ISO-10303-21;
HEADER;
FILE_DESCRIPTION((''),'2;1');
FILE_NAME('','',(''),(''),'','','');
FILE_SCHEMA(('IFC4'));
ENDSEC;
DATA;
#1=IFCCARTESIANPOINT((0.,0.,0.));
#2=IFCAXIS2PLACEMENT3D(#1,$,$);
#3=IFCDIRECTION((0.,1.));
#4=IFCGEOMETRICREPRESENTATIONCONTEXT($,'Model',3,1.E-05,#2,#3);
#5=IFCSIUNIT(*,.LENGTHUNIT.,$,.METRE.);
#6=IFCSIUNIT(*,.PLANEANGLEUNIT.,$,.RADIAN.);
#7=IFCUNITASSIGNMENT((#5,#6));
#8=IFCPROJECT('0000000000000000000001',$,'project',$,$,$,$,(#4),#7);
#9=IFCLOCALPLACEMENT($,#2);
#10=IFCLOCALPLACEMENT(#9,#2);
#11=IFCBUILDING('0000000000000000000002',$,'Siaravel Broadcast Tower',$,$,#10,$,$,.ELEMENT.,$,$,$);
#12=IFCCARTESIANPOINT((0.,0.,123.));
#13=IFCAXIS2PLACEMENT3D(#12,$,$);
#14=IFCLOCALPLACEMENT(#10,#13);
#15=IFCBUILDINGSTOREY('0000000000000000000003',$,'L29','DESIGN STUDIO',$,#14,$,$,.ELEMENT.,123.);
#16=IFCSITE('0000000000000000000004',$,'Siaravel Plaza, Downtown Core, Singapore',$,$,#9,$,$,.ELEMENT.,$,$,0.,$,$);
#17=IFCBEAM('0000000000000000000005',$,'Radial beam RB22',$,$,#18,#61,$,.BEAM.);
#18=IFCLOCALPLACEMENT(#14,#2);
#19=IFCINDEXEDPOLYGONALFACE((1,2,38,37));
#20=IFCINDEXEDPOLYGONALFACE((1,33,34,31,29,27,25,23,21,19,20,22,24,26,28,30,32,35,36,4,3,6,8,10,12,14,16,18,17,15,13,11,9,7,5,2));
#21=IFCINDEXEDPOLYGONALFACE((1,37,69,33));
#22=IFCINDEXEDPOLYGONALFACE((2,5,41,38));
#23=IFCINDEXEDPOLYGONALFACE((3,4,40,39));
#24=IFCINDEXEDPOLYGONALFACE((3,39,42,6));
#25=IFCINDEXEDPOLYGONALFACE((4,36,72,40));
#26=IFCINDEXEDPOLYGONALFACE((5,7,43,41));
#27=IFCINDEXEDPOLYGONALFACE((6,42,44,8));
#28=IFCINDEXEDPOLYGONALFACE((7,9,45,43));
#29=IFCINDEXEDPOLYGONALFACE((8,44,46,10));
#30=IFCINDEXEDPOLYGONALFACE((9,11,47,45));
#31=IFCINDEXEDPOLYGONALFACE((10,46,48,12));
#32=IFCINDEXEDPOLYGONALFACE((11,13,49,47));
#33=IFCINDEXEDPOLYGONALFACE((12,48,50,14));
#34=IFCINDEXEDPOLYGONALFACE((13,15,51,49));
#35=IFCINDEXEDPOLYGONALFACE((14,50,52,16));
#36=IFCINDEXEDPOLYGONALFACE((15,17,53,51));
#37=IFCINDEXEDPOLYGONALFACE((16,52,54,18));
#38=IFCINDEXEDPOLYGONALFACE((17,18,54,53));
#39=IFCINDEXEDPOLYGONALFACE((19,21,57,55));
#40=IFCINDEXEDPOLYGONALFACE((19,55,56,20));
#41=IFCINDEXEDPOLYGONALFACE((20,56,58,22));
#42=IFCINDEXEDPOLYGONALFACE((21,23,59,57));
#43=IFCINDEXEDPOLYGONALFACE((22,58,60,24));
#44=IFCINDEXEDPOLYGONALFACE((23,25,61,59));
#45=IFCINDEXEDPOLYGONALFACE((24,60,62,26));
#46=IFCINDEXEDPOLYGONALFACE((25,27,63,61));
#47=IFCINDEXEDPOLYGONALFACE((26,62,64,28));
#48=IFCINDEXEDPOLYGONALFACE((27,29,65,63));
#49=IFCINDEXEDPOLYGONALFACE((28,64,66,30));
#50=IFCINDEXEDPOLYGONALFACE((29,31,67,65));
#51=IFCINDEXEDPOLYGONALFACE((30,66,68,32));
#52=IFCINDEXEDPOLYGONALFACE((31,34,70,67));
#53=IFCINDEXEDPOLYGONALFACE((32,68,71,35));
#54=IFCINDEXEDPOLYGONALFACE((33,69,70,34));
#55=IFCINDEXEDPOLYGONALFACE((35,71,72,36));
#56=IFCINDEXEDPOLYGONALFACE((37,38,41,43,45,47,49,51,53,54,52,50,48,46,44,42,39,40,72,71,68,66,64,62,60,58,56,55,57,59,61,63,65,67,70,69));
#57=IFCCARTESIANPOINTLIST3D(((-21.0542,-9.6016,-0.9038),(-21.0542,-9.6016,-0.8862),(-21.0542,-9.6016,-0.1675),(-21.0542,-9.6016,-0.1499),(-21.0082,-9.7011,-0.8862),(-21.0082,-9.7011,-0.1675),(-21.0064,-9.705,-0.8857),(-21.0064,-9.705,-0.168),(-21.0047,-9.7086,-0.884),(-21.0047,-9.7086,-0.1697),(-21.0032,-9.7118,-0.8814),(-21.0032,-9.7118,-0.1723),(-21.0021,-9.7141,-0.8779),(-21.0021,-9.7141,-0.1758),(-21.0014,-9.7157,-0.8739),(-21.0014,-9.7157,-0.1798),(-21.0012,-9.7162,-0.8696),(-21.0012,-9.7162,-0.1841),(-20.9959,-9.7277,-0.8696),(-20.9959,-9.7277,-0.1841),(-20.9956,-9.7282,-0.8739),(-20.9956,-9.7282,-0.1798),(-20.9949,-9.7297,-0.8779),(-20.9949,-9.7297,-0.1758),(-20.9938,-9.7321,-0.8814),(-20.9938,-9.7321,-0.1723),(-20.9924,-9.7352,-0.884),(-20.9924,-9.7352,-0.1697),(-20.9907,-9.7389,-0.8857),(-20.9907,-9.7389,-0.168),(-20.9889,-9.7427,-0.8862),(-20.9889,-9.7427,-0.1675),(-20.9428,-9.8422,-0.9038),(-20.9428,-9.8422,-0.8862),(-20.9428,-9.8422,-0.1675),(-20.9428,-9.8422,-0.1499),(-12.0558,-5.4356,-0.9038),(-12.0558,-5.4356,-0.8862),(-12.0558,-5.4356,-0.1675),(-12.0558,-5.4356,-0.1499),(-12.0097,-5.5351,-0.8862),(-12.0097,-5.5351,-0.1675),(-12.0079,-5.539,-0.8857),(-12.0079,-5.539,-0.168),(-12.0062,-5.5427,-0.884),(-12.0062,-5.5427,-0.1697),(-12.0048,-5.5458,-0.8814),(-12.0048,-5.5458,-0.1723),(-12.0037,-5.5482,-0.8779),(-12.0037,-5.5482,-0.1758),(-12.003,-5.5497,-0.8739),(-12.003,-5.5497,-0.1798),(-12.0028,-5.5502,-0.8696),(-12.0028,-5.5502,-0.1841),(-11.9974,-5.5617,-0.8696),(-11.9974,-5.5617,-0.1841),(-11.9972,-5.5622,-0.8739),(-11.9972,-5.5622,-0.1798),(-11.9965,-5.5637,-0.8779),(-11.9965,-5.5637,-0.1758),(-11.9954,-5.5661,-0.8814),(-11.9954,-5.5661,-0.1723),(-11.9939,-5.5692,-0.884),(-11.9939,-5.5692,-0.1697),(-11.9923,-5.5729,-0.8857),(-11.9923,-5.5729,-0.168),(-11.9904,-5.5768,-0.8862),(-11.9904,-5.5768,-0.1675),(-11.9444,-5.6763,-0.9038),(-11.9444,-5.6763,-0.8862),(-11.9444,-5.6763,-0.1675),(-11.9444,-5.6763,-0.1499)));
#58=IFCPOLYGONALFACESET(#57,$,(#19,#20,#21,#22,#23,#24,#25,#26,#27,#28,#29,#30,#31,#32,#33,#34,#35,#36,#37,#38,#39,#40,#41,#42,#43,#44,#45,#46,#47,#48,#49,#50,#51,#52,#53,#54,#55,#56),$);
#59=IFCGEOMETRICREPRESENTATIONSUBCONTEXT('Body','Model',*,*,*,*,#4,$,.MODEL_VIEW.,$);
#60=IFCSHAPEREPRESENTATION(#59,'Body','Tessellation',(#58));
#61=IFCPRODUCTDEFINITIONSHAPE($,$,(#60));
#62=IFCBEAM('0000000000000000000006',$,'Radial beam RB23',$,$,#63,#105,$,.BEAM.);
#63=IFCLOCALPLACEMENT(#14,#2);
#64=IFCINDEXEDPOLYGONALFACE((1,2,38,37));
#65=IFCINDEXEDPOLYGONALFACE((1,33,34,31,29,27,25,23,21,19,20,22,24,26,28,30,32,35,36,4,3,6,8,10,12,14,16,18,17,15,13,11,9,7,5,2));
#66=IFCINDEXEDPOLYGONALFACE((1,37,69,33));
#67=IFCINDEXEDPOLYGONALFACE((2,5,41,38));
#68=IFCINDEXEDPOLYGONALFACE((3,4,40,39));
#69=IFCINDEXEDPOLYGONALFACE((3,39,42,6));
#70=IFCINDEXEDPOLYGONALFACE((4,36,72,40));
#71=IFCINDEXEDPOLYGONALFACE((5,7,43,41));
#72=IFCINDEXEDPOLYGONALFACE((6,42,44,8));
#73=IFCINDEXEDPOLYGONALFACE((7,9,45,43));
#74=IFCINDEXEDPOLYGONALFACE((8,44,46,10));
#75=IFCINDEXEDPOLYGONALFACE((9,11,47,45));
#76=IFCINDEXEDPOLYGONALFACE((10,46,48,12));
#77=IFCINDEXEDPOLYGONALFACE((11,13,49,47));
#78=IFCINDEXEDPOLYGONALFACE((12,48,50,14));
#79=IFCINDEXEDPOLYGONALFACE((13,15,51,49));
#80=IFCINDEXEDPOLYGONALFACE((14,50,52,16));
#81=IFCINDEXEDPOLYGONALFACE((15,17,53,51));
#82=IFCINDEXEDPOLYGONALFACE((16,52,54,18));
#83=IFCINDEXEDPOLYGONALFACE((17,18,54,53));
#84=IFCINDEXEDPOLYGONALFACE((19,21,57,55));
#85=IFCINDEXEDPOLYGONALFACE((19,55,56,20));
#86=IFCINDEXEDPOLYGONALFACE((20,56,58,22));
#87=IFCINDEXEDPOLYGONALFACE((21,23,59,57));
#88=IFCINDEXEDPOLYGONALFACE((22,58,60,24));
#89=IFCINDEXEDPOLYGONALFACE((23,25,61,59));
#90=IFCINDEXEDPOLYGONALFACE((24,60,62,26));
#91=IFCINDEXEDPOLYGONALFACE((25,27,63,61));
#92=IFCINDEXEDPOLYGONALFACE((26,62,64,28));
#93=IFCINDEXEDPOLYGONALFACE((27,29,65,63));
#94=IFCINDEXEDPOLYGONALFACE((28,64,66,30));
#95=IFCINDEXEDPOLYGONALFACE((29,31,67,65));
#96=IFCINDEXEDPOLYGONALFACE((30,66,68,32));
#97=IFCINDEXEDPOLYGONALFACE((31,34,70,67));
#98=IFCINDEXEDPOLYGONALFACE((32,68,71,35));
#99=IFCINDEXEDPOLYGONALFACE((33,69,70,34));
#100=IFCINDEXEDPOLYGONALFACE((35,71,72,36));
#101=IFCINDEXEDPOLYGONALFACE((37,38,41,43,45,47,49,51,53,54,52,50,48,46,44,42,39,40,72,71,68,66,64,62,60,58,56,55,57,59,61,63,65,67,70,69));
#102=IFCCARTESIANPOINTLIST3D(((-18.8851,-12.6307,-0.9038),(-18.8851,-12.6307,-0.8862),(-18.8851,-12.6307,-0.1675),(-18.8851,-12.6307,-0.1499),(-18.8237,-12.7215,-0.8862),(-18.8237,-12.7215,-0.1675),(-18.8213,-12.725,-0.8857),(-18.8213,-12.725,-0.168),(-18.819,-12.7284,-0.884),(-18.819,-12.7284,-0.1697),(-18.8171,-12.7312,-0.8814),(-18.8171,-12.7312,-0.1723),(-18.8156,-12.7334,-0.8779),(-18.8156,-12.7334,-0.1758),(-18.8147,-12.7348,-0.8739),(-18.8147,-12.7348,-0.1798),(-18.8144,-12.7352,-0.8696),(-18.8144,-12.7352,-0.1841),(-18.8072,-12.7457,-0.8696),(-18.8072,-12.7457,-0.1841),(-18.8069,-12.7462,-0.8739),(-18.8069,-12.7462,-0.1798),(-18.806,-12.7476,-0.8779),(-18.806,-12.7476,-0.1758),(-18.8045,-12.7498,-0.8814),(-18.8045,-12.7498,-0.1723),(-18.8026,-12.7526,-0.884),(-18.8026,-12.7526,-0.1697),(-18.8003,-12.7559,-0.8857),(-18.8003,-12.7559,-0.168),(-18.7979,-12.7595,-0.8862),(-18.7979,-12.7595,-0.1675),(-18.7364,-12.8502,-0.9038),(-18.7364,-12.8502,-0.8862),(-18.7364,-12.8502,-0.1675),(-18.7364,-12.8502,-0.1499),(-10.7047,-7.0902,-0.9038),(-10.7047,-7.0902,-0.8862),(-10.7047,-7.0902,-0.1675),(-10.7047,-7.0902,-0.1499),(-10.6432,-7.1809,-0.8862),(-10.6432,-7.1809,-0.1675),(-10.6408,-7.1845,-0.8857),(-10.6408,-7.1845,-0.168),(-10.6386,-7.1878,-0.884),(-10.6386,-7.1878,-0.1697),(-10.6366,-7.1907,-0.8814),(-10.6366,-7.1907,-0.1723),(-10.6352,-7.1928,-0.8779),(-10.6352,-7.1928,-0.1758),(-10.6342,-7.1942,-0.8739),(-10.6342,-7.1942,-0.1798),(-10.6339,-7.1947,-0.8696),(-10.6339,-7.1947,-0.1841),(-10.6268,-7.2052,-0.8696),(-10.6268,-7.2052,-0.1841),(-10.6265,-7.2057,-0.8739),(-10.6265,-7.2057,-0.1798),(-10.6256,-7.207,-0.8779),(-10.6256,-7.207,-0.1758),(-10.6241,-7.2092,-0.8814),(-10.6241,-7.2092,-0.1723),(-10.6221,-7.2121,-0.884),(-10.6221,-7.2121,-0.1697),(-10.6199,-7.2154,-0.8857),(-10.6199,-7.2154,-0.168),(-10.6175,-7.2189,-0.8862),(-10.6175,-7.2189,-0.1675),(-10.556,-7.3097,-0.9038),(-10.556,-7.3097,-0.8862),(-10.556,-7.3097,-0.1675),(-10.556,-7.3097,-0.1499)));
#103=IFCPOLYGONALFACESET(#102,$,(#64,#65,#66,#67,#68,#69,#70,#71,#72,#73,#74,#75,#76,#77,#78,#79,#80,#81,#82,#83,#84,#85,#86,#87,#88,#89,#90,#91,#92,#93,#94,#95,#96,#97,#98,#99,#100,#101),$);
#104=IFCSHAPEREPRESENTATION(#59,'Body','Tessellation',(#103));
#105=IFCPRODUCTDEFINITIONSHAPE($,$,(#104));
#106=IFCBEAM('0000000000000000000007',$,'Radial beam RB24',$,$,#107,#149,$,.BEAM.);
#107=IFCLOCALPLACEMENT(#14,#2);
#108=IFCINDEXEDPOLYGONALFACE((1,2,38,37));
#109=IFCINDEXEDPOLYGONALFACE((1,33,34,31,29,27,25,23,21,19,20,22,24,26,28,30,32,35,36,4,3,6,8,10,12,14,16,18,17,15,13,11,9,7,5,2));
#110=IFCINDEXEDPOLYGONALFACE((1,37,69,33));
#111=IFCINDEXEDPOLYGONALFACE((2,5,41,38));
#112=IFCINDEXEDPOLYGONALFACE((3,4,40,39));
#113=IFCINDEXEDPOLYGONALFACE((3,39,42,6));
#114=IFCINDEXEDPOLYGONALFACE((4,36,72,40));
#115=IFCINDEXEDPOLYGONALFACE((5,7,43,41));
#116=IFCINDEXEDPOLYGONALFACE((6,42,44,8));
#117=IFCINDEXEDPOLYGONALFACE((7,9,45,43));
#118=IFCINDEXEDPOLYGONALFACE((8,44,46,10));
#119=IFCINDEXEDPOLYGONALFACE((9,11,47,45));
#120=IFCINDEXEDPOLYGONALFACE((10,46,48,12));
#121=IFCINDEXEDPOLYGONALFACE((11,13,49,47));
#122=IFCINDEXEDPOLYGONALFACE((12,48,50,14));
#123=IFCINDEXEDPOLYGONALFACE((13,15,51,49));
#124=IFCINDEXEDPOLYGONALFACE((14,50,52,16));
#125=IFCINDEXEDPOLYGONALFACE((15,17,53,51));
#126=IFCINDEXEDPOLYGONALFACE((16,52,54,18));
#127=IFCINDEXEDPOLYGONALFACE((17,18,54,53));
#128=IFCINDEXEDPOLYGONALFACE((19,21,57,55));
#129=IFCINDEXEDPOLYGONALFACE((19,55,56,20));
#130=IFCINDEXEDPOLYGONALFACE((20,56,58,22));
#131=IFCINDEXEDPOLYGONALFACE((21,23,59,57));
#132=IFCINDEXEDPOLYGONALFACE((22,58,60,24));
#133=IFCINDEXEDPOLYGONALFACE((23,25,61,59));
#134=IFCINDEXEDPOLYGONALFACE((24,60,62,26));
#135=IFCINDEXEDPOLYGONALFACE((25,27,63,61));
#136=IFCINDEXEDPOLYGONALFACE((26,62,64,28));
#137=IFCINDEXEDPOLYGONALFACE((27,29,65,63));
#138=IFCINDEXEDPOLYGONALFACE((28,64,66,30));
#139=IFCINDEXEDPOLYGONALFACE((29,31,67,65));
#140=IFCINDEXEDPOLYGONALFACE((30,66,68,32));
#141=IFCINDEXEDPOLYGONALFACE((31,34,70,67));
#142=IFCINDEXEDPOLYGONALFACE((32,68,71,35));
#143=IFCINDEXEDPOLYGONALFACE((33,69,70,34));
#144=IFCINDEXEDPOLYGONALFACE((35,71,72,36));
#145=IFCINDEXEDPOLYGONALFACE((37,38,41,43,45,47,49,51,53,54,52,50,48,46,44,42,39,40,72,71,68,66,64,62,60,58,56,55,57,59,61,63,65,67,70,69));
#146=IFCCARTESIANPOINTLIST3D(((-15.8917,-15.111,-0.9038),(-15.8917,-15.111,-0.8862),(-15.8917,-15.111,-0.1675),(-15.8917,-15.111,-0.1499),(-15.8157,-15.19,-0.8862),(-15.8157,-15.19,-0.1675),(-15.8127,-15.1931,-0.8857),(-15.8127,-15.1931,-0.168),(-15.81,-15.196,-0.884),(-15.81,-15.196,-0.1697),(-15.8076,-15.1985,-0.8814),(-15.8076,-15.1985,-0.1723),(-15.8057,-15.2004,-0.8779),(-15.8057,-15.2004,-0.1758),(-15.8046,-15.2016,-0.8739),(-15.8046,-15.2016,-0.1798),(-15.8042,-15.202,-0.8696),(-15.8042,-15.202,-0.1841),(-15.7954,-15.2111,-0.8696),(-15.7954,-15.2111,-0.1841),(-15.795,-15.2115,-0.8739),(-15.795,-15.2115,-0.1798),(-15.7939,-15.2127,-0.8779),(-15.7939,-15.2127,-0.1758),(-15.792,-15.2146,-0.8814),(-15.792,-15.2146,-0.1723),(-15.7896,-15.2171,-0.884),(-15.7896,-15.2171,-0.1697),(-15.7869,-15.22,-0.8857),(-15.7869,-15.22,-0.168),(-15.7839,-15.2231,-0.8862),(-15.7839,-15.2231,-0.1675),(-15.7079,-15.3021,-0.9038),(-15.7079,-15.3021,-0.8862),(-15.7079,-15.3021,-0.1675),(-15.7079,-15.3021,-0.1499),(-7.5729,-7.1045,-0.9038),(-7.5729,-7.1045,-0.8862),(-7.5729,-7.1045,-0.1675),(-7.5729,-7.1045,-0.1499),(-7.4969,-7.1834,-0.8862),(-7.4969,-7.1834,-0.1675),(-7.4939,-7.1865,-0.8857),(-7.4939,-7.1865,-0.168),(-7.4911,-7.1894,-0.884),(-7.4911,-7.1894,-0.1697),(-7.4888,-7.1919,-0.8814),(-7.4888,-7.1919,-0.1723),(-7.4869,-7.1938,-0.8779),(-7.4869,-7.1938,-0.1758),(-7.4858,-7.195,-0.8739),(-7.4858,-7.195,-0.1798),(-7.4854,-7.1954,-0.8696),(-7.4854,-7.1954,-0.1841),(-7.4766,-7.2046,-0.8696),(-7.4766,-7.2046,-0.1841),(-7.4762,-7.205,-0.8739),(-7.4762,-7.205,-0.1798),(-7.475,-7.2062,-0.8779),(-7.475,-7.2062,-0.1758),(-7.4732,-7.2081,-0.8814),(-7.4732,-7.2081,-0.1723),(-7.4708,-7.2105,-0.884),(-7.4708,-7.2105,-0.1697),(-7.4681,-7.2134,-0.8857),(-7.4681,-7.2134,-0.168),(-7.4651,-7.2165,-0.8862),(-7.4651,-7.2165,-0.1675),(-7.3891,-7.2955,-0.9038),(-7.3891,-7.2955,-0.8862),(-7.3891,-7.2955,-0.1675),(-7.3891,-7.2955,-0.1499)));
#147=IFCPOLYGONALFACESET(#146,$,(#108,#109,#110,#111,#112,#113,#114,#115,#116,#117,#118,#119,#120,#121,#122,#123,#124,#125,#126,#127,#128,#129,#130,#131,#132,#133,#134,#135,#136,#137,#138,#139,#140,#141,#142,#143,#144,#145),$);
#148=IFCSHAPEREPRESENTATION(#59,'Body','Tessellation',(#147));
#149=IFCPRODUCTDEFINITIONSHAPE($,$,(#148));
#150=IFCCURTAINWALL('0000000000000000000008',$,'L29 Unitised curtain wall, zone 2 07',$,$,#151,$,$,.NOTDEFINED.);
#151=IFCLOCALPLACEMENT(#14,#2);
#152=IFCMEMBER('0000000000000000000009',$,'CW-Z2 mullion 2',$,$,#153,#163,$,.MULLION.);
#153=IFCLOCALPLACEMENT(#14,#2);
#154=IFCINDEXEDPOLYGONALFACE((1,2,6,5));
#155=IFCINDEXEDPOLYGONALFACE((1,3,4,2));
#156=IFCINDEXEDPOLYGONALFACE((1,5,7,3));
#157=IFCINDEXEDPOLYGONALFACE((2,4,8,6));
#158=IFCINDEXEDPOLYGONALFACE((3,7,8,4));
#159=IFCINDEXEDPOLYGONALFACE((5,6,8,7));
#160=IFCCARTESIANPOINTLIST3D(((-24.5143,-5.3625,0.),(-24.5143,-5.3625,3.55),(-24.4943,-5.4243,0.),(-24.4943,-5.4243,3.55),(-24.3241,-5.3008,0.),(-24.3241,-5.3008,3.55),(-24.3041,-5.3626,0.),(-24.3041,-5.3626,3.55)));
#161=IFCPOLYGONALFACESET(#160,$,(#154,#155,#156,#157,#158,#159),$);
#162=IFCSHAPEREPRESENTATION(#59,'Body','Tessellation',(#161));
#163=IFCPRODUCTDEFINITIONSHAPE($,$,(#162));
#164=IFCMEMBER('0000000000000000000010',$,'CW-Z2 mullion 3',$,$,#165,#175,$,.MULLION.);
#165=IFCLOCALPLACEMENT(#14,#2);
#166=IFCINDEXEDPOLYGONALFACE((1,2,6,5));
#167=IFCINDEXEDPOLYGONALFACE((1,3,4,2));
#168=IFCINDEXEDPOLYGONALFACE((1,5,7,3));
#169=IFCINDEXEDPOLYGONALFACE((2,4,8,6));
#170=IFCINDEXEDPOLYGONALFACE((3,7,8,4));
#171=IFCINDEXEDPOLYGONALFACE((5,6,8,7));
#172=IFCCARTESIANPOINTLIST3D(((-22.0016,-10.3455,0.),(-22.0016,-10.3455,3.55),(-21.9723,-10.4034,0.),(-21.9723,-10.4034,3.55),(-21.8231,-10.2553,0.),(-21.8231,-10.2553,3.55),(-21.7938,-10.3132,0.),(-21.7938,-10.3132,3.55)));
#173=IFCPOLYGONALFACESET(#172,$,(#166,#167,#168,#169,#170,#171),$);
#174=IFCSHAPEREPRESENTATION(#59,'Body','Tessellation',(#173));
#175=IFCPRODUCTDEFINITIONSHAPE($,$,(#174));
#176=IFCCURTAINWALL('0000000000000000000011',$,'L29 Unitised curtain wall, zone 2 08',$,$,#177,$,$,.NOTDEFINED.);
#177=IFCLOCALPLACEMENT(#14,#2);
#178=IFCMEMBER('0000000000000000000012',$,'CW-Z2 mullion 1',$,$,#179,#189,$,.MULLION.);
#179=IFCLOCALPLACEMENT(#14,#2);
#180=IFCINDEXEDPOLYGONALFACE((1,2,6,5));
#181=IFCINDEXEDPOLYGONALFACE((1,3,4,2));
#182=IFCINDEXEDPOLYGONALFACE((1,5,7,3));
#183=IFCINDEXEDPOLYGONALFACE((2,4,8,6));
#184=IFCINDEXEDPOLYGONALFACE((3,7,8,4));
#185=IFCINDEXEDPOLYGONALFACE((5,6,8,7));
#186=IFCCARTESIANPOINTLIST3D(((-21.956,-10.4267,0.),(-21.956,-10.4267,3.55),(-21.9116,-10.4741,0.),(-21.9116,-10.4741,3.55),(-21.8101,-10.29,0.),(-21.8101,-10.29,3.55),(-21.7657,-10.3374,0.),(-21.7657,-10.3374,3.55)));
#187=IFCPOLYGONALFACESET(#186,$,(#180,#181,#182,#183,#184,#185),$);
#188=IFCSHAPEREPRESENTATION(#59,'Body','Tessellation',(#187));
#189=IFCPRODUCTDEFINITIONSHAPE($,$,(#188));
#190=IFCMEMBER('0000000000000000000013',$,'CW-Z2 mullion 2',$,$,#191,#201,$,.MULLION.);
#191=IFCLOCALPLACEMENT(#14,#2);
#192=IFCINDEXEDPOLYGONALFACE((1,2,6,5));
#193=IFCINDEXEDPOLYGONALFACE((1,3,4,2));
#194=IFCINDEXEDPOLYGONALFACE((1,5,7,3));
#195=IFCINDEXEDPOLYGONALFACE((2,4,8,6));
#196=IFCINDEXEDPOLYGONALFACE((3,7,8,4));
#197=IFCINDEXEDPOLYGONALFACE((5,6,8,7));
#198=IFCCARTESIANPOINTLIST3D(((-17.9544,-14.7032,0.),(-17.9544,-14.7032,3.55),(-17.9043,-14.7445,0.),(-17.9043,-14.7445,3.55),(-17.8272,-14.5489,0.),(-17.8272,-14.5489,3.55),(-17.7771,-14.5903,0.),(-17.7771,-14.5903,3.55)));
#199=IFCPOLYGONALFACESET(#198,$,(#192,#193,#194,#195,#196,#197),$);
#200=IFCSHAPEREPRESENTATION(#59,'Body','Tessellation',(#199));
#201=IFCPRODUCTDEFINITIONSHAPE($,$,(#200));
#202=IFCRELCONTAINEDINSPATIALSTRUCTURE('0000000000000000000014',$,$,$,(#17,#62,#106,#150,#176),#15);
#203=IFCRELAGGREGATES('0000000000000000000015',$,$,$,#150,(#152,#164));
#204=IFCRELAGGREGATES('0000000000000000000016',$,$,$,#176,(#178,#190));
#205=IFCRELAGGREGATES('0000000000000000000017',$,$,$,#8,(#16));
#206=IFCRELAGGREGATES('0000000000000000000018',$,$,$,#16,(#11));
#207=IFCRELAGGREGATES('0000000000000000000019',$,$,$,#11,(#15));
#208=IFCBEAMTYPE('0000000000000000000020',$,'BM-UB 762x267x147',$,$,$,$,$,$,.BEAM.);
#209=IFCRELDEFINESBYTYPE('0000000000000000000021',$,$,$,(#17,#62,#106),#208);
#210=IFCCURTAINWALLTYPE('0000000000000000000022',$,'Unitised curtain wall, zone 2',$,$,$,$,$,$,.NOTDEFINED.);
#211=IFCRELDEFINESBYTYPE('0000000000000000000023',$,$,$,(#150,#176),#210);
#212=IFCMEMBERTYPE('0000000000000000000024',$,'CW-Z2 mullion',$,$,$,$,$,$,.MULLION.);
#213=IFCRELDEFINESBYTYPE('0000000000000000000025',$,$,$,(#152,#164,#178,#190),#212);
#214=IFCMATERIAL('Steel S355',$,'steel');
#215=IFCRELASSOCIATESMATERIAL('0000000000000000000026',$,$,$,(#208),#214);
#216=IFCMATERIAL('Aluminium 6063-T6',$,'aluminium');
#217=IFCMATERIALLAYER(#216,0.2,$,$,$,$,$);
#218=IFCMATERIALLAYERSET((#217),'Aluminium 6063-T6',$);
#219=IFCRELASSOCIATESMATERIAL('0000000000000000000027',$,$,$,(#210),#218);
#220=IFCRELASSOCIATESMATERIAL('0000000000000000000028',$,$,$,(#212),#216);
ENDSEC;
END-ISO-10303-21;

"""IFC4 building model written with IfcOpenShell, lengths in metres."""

from ifc_helpers import new_model, si_unit, direction, frame, origin, origin_2d, place, context, subcontext, project, spatial, rectangle, i_section, extrude, material, layer, layer_set, material_profile, profile_set, type_object, element, aggregate, save


model = new_model("IFC4")

# Units and contexts
model_context = context("Model", 3, precision=1e-05, world=origin(), true_north=direction((0.0, 1.0)))
body_context = subcontext(model_context, "Body", "Model", "MODEL_VIEW")
ifc_project = project(units=[si_unit("LENGTHUNIT", "METRE"), si_unit("PLANEANGLEUNIT", "RADIAN")], contexts=[model_context])

# Site, building, storey
site_placement = place(None, origin())
site = spatial("IfcSite", under=ifc_project, at=site_placement, Name="Siaravel Plaza, Downtown Core, Singapore", CompositionType="ELEMENT", RefElevation=0.0)
building_placement = place(site_placement, origin())
building = spatial("IfcBuilding", under=site, at=building_placement, Name="Siaravel Broadcast Tower", CompositionType="ELEMENT")
storey_placement = place(building_placement, frame((0.0, 0.0, 123.0)))
storey = spatial("IfcBuildingStorey", under=building, at=storey_placement, Name="L29", Description="DESIGN STUDIO", CompositionType="ELEMENT", Elevation=123.0)

# Beams
ifc_material_1 = material(Name="Steel S355", Category="steel")
ifc_material_profile_1 = material_profile(ifc_material_1, i_section(OverallWidth=0.2651, OverallDepth=0.7539, WebThickness=0.0127, FlangeThickness=0.0176, FilletRadius=0.0166, at=origin_2d()))
ifc_profile_set_1 = profile_set([ifc_material_profile_1], Name="Steel S355")
beam_type = type_object("IfcBeamType", Name="BM-UB 762x267x147", PredefinedType="BEAM", material=ifc_profile_set_1)
beam_1_placement = place(storey_placement, frame((-20.9985, -9.7219, -0.5269), z_axis=(0.907466, 0.420126, 0.0), x_axis=(-0.420126, 0.907466, 0.0)))
element("IfcBeam", 1, at=beam_1_placement, inside=storey, type_object=beam_type, Name="Radial beam RB22", PredefinedType="BEAM", context=body_context, shape_type="SweptSolid", body=[
    extrude(i_section(OverallWidth=0.2651, OverallDepth=0.7539, WebThickness=0.0127, FlangeThickness=0.0176, FilletRadius=0.0166, at=origin_2d()), origin(), (0.0, 0.0, 1.0), 9.916),
])
beam_2_placement = place(storey_placement, frame((-18.8108, -12.7405, -0.5269), z_axis=(0.827968, 0.560775, 0.0), x_axis=(-0.560775, 0.827968, 0.0)))
element("IfcBeam", 2, at=beam_2_placement, inside=storey, type_object=beam_type, Name="Radial beam RB23", PredefinedType="BEAM", context=body_context, shape_type="SweptSolid", body=[
    extrude(i_section(OverallWidth=0.2651, OverallDepth=0.7539, WebThickness=0.0127, FlangeThickness=0.0176, FilletRadius=0.0166, at=origin_2d()), origin(), (0.0, 0.0, 1.0), 9.8801),
])
beam_3_placement = place(storey_placement, frame((-15.7998, -15.2065, -0.5269), z_axis=(0.7205, 0.693455, 0.0), x_axis=(-0.693455, 0.7205, 0.0)))
element("IfcBeam", 3, at=beam_3_placement, inside=storey, type_object=beam_type, Name="Radial beam RB24", PredefinedType="BEAM", context=body_context, shape_type="SweptSolid", body=[
    extrude(i_section(OverallWidth=0.2651, OverallDepth=0.7539, WebThickness=0.0127, FlangeThickness=0.0176, FilletRadius=0.0166, at=origin_2d()), origin(), (0.0, 0.0, 1.0), 11.5459),
])

# Curtain walls, members
ifc_material_2 = material(Name="Aluminium 6063-T6", Category="aluminium")
ifc_layer_1 = layer(ifc_material_2, 0.2)
ifc_layer_set_1 = layer_set([ifc_layer_1], Name="Aluminium 6063-T6")
curtain_wall_type = type_object("IfcCurtainWallType", Name="Unitised curtain wall, zone 2", PredefinedType="NOTDEFINED", material=ifc_layer_set_1)
curtain_wall_1_placement = place(storey_placement, origin())
curtain_wall_1 = element("IfcCurtainWall", 4, at=curtain_wall_1_placement, inside=storey, type_object=curtain_wall_type, Name="L29 Unitised curtain wall, zone 2 07", PredefinedType="NOTDEFINED")
ifc_material_profile_2 = material_profile(ifc_material_2, rectangle(XDim=0.2, YDim=0.0649, at=origin_2d()))
ifc_profile_set_2 = profile_set([ifc_material_profile_2], Name="Aluminium 6063-T6")
member_type_1 = type_object("IfcMemberType", Name="CW-Z2 mullion", PredefinedType="MULLION", material=ifc_profile_set_2)
member_1_placement = place(storey_placement, frame((-24.4092, -5.3625, 0.0), z_axis=(0.0, 0.0, 1.0), x_axis=(0.951177, 0.308645, 0.0)))
member_1 = element("IfcMember", 5, at=member_1_placement, type_object=member_type_1, Name="CW-Z2 mullion 2", PredefinedType="MULLION", context=body_context, shape_type="SweptSolid", body=[
    extrude(rectangle(XDim=0.2, YDim=0.0649, at=origin_2d()), origin(), (0.0, 0.0, 1.0), 3.55),
])
member_2_placement = place(storey_placement, frame((-21.8977, -10.3293, 0.0), z_axis=(0.0, 0.0, 1.0), x_axis=(0.892392, 0.451261, 0.0)))
member_2 = element("IfcMember", 6, at=member_2_placement, type_object=member_type_1, Name="CW-Z2 mullion 3", PredefinedType="MULLION", context=body_context, shape_type="SweptSolid", body=[
    extrude(rectangle(XDim=0.2, YDim=0.0649, at=origin_2d()), origin(), (0.0, 0.0, 1.0), 3.55),
])
curtain_wall_2_placement = place(storey_placement, origin())
curtain_wall_2 = element("IfcCurtainWall", 7, at=curtain_wall_2_placement, inside=storey, type_object=curtain_wall_type, Name="L29 Unitised curtain wall, zone 2 08", PredefinedType="NOTDEFINED")
member_3_placement = place(storey_placement, frame((-21.8608, -10.3821, 0.0), z_axis=(0.0, 0.0, 1.0), x_axis=(0.729805, 0.683655, 0.0)))
member_3 = element("IfcMember", 8, at=member_3_placement, type_object=member_type_1, Name="CW-Z2 mullion 1", PredefinedType="MULLION", context=body_context, shape_type="SweptSolid", body=[
    extrude(rectangle(XDim=0.2, YDim=0.0649, at=origin_2d()), origin(), (0.0, 0.0, 1.0), 3.55),
])
member_4_placement = place(storey_placement, frame((-17.8657, -14.6467, 0.0), z_axis=(0.0, 0.0, 1.0), x_axis=(0.636219, 0.771509, 0.0)))
member_4 = element("IfcMember", 9, at=member_4_placement, type_object=member_type_1, Name="CW-Z2 mullion 2", PredefinedType="MULLION", context=body_context, shape_type="SweptSolid", body=[
    extrude(rectangle(XDim=0.2, YDim=0.0649, at=origin_2d()), origin(), (0.0, 0.0, 1.0), 3.55),
])

aggregate(curtain_wall_1, [member_1, member_2])
aggregate(curtain_wall_2, [member_3, member_4])

save(model, "model.ifc")
